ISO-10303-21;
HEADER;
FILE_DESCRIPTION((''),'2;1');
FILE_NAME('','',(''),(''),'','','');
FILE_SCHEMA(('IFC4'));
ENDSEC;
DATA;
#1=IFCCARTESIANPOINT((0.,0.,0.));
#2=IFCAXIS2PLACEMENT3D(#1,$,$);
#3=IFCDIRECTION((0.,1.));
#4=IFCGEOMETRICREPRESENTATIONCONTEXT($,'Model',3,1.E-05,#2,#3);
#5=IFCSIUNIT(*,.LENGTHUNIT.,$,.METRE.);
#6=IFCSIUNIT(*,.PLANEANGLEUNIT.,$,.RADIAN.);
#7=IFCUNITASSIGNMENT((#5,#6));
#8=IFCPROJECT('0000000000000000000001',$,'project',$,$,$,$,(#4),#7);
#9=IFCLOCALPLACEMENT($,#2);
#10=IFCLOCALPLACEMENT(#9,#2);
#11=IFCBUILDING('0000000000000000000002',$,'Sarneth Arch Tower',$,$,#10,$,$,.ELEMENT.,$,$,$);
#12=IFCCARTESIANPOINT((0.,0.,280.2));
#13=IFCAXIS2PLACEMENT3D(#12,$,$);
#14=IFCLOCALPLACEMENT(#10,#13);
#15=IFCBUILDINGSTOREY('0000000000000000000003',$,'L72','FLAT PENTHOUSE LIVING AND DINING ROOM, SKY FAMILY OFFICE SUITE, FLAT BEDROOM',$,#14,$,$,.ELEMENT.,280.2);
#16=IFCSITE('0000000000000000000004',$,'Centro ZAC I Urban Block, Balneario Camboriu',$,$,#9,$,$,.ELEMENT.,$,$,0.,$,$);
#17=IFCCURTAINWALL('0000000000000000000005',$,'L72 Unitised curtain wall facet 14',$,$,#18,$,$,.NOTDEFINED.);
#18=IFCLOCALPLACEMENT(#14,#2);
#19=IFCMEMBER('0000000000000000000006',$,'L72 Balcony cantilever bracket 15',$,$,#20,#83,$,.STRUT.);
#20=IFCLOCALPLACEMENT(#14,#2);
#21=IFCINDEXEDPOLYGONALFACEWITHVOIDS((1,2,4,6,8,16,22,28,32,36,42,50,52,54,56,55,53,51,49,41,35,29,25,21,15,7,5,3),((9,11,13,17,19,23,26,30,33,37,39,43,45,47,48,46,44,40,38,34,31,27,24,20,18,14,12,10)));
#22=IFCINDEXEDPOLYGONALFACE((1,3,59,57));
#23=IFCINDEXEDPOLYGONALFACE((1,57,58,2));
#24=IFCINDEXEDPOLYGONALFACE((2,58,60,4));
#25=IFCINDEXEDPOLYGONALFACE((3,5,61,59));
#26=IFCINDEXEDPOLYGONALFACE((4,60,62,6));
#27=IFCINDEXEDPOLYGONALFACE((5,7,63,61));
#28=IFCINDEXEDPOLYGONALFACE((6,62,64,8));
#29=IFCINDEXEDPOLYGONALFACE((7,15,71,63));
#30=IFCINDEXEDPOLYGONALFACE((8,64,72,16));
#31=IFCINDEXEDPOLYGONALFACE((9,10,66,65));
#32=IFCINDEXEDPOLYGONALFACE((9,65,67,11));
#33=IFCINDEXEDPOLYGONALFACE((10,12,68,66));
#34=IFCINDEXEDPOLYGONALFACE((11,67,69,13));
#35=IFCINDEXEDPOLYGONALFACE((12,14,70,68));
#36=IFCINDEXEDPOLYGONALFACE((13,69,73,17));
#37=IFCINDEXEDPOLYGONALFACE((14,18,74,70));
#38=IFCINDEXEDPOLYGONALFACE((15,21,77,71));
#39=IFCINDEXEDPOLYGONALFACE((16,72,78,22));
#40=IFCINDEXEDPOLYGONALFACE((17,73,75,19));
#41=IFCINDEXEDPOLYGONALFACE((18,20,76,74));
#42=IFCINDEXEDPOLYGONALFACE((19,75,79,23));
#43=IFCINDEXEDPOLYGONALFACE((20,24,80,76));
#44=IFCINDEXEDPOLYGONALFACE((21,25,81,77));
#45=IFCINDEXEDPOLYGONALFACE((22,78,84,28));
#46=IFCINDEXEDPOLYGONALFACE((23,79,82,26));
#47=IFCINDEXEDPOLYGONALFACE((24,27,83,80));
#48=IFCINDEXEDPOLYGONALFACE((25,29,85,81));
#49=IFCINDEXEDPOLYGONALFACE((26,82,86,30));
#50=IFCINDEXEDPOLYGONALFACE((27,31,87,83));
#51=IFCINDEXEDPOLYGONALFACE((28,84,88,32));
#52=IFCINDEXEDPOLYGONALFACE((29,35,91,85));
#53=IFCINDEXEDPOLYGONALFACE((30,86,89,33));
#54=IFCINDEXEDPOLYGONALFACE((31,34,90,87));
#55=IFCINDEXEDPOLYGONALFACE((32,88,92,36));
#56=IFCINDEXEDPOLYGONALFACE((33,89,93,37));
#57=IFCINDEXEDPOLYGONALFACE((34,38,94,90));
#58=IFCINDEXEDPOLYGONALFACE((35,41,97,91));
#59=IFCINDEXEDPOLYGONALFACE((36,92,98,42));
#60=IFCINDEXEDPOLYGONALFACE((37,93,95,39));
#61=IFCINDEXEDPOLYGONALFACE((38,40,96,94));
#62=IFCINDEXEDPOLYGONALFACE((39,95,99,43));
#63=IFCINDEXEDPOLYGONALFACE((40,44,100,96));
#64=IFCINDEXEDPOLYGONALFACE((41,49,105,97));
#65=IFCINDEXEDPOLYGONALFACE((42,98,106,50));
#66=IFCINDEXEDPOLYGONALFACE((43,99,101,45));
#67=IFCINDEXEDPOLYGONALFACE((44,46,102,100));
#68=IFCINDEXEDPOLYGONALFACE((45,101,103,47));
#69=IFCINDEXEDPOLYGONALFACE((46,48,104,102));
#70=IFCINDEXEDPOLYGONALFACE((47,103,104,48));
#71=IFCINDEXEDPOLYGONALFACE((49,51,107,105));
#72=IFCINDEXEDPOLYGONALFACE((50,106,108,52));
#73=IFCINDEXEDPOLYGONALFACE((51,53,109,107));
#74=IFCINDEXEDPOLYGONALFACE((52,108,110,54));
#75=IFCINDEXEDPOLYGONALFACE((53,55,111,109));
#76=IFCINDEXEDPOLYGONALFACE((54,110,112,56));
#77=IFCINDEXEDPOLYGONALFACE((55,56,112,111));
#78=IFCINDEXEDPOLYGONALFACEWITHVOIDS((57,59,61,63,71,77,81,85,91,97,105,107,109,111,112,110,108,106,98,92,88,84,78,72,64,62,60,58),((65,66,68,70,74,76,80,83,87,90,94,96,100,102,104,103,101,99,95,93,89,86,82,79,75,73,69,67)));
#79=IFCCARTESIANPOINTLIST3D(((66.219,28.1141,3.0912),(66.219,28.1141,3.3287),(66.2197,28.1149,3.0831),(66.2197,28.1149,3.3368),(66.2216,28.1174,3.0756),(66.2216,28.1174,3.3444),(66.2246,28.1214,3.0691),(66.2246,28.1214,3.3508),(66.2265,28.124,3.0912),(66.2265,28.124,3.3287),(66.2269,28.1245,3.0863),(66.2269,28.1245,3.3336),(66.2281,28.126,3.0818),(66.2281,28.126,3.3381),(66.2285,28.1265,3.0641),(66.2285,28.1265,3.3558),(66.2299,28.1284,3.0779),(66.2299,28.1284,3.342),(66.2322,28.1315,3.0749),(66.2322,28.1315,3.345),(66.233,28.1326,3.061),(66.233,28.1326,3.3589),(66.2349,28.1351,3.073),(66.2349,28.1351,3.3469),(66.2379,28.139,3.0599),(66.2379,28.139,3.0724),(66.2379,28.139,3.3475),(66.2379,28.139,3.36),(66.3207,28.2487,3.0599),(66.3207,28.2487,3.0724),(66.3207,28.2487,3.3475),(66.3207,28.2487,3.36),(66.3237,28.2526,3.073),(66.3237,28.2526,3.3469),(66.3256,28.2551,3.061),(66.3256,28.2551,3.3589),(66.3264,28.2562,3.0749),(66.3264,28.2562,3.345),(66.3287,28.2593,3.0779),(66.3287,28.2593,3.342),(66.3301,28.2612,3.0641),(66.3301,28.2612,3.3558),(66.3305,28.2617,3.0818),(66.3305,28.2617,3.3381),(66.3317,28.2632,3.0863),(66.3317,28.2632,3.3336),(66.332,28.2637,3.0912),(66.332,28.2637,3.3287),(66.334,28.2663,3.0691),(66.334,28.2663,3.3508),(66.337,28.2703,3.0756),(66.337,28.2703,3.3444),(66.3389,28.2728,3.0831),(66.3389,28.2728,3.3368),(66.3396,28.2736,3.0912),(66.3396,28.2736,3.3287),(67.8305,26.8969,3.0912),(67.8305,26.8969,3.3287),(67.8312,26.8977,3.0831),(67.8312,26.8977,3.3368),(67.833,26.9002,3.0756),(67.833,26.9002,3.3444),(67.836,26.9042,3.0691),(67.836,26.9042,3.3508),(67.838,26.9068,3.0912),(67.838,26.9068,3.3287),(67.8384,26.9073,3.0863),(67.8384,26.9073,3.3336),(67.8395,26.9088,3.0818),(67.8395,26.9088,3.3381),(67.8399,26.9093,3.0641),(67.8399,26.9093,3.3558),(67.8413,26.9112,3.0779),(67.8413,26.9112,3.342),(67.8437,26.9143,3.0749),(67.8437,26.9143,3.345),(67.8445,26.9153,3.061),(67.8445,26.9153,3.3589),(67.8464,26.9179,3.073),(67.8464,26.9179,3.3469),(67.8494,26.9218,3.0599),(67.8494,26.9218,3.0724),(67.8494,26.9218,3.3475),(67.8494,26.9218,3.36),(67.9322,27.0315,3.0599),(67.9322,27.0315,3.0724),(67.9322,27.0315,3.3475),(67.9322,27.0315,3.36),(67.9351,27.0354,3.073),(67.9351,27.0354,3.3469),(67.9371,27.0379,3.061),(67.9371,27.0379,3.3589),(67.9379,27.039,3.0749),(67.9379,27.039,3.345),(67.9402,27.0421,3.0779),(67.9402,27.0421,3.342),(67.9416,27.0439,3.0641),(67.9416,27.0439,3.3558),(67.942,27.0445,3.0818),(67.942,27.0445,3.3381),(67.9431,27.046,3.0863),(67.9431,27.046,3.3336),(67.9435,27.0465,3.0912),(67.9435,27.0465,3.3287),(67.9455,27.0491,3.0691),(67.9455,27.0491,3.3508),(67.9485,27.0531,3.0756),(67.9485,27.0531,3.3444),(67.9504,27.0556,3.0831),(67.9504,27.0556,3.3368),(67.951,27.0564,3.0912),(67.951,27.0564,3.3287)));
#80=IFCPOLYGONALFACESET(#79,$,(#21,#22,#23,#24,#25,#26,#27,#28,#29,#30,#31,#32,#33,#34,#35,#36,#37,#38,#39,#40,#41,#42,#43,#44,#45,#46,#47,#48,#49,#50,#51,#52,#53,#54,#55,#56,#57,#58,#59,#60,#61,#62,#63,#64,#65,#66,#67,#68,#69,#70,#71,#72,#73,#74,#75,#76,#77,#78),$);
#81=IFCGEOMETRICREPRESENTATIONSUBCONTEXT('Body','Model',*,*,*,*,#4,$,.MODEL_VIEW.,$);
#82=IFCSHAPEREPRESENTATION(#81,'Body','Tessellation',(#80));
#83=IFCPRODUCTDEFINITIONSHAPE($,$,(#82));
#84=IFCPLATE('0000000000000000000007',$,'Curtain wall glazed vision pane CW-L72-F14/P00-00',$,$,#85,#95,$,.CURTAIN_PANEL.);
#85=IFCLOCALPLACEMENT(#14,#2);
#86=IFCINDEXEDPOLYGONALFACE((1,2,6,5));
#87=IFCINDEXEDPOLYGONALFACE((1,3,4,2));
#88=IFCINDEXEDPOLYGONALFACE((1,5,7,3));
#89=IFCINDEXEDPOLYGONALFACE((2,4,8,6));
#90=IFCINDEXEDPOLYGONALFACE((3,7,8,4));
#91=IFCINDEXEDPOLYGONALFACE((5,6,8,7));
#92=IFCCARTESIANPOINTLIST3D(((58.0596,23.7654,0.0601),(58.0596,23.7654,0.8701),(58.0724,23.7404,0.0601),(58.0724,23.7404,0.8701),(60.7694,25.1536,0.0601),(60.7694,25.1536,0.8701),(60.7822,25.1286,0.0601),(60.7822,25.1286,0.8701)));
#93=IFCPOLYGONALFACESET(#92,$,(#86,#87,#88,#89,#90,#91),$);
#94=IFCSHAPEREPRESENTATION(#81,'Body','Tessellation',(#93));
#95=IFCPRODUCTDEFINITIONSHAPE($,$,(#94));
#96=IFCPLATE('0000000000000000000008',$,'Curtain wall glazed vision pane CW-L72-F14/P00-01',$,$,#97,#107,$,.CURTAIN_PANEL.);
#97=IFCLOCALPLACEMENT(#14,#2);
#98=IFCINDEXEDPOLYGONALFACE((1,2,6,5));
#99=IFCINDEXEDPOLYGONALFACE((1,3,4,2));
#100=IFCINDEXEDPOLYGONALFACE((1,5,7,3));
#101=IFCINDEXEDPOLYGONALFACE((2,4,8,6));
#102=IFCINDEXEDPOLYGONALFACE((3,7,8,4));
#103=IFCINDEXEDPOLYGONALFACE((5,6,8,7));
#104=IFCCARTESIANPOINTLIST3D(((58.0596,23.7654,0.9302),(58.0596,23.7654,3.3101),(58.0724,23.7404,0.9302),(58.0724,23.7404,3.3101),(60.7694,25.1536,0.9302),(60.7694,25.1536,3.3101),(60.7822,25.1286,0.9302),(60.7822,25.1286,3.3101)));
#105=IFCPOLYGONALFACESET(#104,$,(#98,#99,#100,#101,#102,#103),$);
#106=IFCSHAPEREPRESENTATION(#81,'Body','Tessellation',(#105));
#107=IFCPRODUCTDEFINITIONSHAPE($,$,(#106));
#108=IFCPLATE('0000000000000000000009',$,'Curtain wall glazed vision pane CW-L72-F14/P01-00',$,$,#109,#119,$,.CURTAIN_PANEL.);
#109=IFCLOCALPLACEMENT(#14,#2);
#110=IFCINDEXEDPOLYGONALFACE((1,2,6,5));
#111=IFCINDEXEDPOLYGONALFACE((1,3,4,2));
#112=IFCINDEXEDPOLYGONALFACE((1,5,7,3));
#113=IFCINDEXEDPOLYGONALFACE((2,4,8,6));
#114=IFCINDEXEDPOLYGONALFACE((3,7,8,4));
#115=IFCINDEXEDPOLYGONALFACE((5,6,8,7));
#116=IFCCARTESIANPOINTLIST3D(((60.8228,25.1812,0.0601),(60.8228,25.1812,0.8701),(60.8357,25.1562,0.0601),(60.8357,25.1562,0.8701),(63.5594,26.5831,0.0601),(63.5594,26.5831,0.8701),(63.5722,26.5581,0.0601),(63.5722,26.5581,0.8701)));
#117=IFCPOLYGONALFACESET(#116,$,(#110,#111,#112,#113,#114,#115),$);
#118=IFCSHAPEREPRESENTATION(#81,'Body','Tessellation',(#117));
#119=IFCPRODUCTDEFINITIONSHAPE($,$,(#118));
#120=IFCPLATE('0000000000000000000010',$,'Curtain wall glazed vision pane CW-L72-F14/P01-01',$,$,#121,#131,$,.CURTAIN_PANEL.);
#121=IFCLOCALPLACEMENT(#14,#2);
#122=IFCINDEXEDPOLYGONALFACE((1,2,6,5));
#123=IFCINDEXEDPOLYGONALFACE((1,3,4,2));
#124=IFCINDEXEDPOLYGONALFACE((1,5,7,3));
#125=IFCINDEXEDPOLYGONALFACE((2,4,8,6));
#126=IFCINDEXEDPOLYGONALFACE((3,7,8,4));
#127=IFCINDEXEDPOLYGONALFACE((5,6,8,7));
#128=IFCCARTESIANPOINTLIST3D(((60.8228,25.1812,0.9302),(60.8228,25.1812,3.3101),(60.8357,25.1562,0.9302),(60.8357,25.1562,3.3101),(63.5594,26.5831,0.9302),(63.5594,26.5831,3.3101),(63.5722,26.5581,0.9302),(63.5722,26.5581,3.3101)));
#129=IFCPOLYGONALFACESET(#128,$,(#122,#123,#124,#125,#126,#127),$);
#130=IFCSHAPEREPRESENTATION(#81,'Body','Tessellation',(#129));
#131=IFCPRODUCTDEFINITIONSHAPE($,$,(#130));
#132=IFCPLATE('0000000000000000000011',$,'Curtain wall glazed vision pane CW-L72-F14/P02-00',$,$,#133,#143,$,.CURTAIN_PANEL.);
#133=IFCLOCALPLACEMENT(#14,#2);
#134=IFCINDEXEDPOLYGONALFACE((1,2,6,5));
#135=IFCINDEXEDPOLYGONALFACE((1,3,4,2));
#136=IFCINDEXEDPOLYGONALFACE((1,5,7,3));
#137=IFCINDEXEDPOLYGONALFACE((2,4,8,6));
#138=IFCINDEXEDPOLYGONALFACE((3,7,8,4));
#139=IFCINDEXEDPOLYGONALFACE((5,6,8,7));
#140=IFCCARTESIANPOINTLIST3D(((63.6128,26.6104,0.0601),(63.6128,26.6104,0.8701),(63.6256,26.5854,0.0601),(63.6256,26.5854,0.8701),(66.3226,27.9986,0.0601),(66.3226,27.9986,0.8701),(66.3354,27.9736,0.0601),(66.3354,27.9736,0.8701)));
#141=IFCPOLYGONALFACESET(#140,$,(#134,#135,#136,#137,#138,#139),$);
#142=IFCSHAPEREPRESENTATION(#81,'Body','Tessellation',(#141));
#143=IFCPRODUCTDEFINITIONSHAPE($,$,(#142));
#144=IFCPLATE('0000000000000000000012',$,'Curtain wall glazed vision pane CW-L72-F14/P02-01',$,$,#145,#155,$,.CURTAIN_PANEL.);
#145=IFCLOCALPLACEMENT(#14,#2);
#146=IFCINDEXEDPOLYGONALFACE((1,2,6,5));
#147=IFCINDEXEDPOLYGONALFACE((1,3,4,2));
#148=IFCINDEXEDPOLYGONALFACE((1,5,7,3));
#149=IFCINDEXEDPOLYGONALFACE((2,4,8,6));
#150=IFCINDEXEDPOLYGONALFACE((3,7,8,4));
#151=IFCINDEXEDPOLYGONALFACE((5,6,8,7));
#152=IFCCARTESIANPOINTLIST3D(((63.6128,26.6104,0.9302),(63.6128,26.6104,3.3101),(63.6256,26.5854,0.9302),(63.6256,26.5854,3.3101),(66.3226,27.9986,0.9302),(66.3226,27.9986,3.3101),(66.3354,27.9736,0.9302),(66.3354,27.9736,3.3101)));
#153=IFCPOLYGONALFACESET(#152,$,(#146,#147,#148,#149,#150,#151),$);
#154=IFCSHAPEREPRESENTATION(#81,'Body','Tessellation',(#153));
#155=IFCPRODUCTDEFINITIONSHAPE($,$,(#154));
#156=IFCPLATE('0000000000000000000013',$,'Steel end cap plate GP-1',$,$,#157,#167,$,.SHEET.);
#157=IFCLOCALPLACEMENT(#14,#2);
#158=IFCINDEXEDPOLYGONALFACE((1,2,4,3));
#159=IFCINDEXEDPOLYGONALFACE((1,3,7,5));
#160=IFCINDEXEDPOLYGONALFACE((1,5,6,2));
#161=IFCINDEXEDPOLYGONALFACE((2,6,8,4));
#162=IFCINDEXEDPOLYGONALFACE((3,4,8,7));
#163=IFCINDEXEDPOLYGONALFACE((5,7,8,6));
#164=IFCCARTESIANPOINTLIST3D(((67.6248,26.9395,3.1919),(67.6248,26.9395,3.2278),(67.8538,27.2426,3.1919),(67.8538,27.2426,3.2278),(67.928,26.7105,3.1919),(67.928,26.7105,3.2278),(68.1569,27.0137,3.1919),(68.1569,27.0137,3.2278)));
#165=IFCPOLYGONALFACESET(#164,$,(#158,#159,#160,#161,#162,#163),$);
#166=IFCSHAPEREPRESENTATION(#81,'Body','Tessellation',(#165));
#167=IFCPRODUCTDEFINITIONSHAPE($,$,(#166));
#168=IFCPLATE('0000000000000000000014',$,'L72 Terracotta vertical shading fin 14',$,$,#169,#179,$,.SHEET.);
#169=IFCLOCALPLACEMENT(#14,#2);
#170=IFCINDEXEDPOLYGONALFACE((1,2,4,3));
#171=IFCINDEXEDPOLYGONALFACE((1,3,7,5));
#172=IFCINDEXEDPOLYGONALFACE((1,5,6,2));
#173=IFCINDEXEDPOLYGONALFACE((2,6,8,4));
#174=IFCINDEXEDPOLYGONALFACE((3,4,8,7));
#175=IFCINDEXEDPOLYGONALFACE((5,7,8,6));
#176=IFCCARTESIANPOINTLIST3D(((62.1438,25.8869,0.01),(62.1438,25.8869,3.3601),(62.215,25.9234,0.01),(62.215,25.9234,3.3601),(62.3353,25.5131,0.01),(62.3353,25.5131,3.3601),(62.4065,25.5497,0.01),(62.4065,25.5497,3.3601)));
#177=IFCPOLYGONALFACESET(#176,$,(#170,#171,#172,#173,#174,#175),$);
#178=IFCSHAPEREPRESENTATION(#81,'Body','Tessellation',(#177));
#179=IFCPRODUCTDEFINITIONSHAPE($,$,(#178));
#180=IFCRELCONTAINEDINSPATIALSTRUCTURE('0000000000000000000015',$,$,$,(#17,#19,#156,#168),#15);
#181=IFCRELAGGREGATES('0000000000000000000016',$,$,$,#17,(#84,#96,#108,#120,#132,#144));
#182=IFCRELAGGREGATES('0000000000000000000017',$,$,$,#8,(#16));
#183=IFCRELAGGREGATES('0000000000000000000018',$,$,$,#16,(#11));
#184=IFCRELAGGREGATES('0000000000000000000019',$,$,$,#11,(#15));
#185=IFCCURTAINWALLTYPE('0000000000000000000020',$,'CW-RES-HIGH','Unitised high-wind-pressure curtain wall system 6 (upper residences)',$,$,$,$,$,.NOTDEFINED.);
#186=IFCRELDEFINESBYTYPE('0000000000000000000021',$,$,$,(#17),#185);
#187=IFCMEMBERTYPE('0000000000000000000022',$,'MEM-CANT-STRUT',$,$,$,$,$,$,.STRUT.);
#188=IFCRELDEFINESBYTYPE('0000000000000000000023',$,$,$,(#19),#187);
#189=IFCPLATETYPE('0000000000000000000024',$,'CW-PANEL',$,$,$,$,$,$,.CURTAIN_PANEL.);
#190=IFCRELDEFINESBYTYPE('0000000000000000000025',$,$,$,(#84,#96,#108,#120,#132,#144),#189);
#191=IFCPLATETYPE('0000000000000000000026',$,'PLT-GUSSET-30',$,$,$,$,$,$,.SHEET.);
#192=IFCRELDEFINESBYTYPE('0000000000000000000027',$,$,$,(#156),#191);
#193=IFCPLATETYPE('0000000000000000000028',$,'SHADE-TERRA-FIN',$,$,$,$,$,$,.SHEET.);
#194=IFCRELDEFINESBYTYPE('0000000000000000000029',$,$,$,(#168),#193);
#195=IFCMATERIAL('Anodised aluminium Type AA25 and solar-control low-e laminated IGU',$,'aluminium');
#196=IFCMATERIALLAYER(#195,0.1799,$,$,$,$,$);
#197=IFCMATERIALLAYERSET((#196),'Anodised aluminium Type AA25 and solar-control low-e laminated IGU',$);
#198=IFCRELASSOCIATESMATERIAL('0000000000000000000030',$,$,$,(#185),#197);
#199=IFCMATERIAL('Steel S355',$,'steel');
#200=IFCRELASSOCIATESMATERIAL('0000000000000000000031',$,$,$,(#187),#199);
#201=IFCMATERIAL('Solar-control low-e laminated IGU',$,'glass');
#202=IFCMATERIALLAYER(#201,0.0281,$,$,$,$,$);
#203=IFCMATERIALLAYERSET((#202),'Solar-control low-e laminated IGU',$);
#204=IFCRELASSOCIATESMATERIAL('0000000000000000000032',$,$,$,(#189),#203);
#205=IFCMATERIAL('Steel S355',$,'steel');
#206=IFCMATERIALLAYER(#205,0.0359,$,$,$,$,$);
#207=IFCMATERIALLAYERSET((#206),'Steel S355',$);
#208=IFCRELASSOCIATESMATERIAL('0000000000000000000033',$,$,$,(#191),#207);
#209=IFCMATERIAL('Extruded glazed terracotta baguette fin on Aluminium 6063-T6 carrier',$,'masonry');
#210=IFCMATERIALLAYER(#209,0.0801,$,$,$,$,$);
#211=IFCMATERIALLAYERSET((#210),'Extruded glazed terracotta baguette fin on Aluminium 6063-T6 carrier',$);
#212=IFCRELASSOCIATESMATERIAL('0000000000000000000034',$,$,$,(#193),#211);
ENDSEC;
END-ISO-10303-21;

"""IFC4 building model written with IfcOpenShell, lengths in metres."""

from ifc_helpers import new_model, si_unit, direction, frame, origin, origin_2d, place, context, subcontext, project, spatial, rectangle, hollow_rectangle, extrude, material, layer, layer_set, material_profile, profile_set, type_object, element, aggregate, save


model = new_model("IFC4")

# Units and contexts
model_context = context("Model", 3, precision=1e-05, world=origin(), true_north=direction((0.0, 1.0)))
body_context = subcontext(model_context, "Body", "Model", "MODEL_VIEW")
ifc_project = project(units=[si_unit("LENGTHUNIT", "METRE"), si_unit("PLANEANGLEUNIT", "RADIAN")], contexts=[model_context])

# Site, building, storey
site_placement = place(None, origin())
site = spatial("IfcSite", under=ifc_project, at=site_placement, Name="Centro ZAC I Urban Block, Balneario Camboriu", CompositionType="ELEMENT", RefElevation=0.0)
building_placement = place(site_placement, origin())
building = spatial("IfcBuilding", under=site, at=building_placement, Name="Sarneth Arch Tower", CompositionType="ELEMENT")
storey_placement = place(building_placement, frame((0.0, 0.0, 280.2)))
storey = spatial("IfcBuildingStorey", under=building, at=storey_placement, Name="L72", Description="FLAT PENTHOUSE LIVING AND DINING ROOM, SKY FAMILY OFFICE SUITE, FLAT BEDROOM", CompositionType="ELEMENT", Elevation=280.2)

# Curtain wall
ifc_material_1 = material(Name="Anodised aluminium Type AA25 and solar-control low-e laminated IGU", Category="aluminium")
ifc_layer_1 = layer(ifc_material_1, 0.1799)
ifc_layer_set_1 = layer_set([ifc_layer_1], Name="Anodised aluminium Type AA25 and solar-control low-e laminated IGU")
curtain_wall_type = type_object("IfcCurtainWallType", Name="CW-RES-HIGH", Description="Unitised high-wind-pressure curtain wall system 6 (upper residences)", PredefinedType="NOTDEFINED", material=ifc_layer_set_1)
curtain_wall_placement = place(storey_placement, origin())
curtain_wall = element("IfcCurtainWall", 1, at=curtain_wall_placement, inside=storey, type_object=curtain_wall_type, Name="L72 Unitised curtain wall facet 14", PredefinedType="NOTDEFINED")

# Member
ifc_material_2 = material(Name="Steel S355", Category="steel")
ifc_material_profile_1 = material_profile(ifc_material_2, hollow_rectangle(XDim=0.2, YDim=0.3, WallThickness=0.0125, InnerFilletRadius=0.0188, OuterFilletRadius=0.0312, at=origin_2d()), Name="RHS300x200x12.5")
ifc_profile_set_1 = profile_set([ifc_material_profile_1], Name="Steel S355")
member_type_1 = type_object("IfcMemberType", Name="MEM-CANT-STRUT", PredefinedType="STRUT", material=ifc_profile_set_1)
member_1_placement = place(storey_placement, frame((66.2793, 28.1938, 3.21), z_axis=(0.79795, -0.602724, 0.0), x_axis=(0.602724, 0.79795, 0.0)))
element("IfcMember", 2, at=member_1_placement, inside=storey, type_object=member_type_1, Name="L72 Balcony cantilever bracket 15", PredefinedType="STRUT", context=body_context, shape_type="SweptSolid", body=[
    extrude(hollow_rectangle(XDim=0.2, YDim=0.3, WallThickness=0.0125, InnerFilletRadius=0.0188, OuterFilletRadius=0.0312, at=origin_2d()), origin(), (0.0, 0.0, 1.0), 2.0195),
])

# Plates
ifc_material_3 = material(Name="Solar-control low-e laminated IGU", Category="glass")
ifc_layer_2 = layer(ifc_material_3, 0.0281)
ifc_layer_set_2 = layer_set([ifc_layer_2], Name="Solar-control low-e laminated IGU")
plate_type_1 = type_object("IfcPlateType", Name="CW-PANEL", PredefinedType="CURTAIN_PANEL", material=ifc_layer_set_2)
plate_1_placement = place(storey_placement, frame((59.4209, 24.447, 0.0601), z_axis=(0.0, 0.0, 1.0), x_axis=(0.89001, 0.455942, 0.0)))
plate_1 = element("IfcPlate", 3, at=plate_1_placement, type_object=plate_type_1, Name="Curtain wall glazed vision pane CW-L72-F14/P00-00", PredefinedType="CURTAIN_PANEL", context=body_context, shape_type="SweptSolid", body=[
    extrude(rectangle(XDim=3.0447, YDim=0.0281, at=origin_2d()), origin(), (0.0, 0.0, 1.0), 0.8101),
])
plate_2_placement = place(storey_placement, frame((59.4209, 24.447, 0.9302), z_axis=(0.0, 0.0, 1.0), x_axis=(0.89001, 0.455942, 0.0)))
plate_2 = element("IfcPlate", 4, at=plate_2_placement, type_object=plate_type_1, Name="Curtain wall glazed vision pane CW-L72-F14/P00-01", PredefinedType="CURTAIN_PANEL", context=body_context, shape_type="SweptSolid", body=[
    extrude(rectangle(XDim=3.0447, YDim=0.0281, at=origin_2d()), origin(), (0.0, 0.0, 1.0), 2.3799),
])
plate_3_placement = place(storey_placement, frame((62.1975, 25.8696, 0.0601), z_axis=(0.0, 0.0, 1.0), x_axis=(0.89001, 0.455942, 0.0)))
plate_3 = element("IfcPlate", 5, at=plate_3_placement, type_object=plate_type_1, Name="Curtain wall glazed vision pane CW-L72-F14/P01-00", PredefinedType="CURTAIN_PANEL", context=body_context, shape_type="SweptSolid", body=[
    extrude(rectangle(XDim=3.0747, YDim=0.0281, at=origin_2d()), origin(), (0.0, 0.0, 1.0), 0.8101),
])
plate_4_placement = place(storey_placement, frame((62.1975, 25.8696, 0.9302), z_axis=(0.0, 0.0, 1.0), x_axis=(0.89001, 0.455942, 0.0)))
plate_4 = element("IfcPlate", 6, at=plate_4_placement, type_object=plate_type_1, Name="Curtain wall glazed vision pane CW-L72-F14/P01-01", PredefinedType="CURTAIN_PANEL", context=body_context, shape_type="SweptSolid", body=[
    extrude(rectangle(XDim=3.0747, YDim=0.0281, at=origin_2d()), origin(), (0.0, 0.0, 1.0), 2.3799),
])
plate_5_placement = place(storey_placement, frame((64.9741, 27.292, 0.0601), z_axis=(0.0, 0.0, 1.0), x_axis=(0.89001, 0.455942, 0.0)))
plate_5 = element("IfcPlate", 7, at=plate_5_placement, type_object=plate_type_1, Name="Curtain wall glazed vision pane CW-L72-F14/P02-00", PredefinedType="CURTAIN_PANEL", context=body_context, shape_type="SweptSolid", body=[
    extrude(rectangle(XDim=3.0447, YDim=0.0281, at=origin_2d()), origin(), (0.0, 0.0, 1.0), 0.8101),
])
plate_6_placement = place(storey_placement, frame((64.9741, 27.292, 0.9302), z_axis=(0.0, 0.0, 1.0), x_axis=(0.89001, 0.455942, 0.0)))
plate_6 = element("IfcPlate", 8, at=plate_6_placement, type_object=plate_type_1, Name="Curtain wall glazed vision pane CW-L72-F14/P02-01", PredefinedType="CURTAIN_PANEL", context=body_context, shape_type="SweptSolid", body=[
    extrude(rectangle(XDim=3.0447, YDim=0.0281, at=origin_2d()), origin(), (0.0, 0.0, 1.0), 2.3799),
])
aggregate(curtain_wall, [plate_1, plate_2, plate_3, plate_4, plate_5, plate_6])

# Plates
ifc_material_4 = material(Name="Steel S355", Category="steel")
ifc_layer_3 = layer(ifc_material_4, 0.0359)
ifc_layer_set_3 = layer_set([ifc_layer_3], Name="Steel S355")
plate_type_2 = type_object("IfcPlateType", Name="PLT-GUSSET-30", PredefinedType="SHEET", material=ifc_layer_set_3)
plate_7_placement = place(storey_placement, frame((67.8909, 26.9766, 3.1919), z_axis=(0.0, 0.0, 1.0), x_axis=(0.798005, -0.602651, 0.0)))
element("IfcPlate", 9, at=plate_7_placement, inside=storey, type_object=plate_type_2, Name="Steel end cap plate GP-1", PredefinedType="SHEET", context=body_context, shape_type="SweptSolid", body=[
    extrude(rectangle(XDim=0.3799, YDim=0.3799, at=origin_2d()), origin(), (0.0, 0.0, 1.0), 0.0359),
])
ifc_material_5 = material(Name="Extruded glazed terracotta baguette fin on Aluminium 6063-T6 carrier", Category="masonry")
ifc_layer_4 = layer(ifc_material_5, 0.0801)
ifc_layer_set_4 = layer_set([ifc_layer_4], Name="Extruded glazed terracotta baguette fin on Aluminium 6063-T6 carrier")
plate_type_3 = type_object("IfcPlateType", Name="SHADE-TERRA-FIN", PredefinedType="SHEET", material=ifc_layer_set_4)
plate_8_placement = place(storey_placement, frame((62.2751, 25.7183, 0.01), z_axis=(0.0, 0.0, 1.0), x_axis=(0.456011, -0.889974, 0.0)))
element("IfcPlate", 10, at=plate_8_placement, inside=storey, type_object=plate_type_3, Name="L72 Terracotta vertical shading fin 14", PredefinedType="SHEET", context=body_context, shape_type="SweptSolid", body=[
    extrude(rectangle(XDim=0.4199, YDim=0.0801, at=origin_2d()), origin(), (0.0, 0.0, 1.0), 3.3501),
])

save(model, "model.ifc")
